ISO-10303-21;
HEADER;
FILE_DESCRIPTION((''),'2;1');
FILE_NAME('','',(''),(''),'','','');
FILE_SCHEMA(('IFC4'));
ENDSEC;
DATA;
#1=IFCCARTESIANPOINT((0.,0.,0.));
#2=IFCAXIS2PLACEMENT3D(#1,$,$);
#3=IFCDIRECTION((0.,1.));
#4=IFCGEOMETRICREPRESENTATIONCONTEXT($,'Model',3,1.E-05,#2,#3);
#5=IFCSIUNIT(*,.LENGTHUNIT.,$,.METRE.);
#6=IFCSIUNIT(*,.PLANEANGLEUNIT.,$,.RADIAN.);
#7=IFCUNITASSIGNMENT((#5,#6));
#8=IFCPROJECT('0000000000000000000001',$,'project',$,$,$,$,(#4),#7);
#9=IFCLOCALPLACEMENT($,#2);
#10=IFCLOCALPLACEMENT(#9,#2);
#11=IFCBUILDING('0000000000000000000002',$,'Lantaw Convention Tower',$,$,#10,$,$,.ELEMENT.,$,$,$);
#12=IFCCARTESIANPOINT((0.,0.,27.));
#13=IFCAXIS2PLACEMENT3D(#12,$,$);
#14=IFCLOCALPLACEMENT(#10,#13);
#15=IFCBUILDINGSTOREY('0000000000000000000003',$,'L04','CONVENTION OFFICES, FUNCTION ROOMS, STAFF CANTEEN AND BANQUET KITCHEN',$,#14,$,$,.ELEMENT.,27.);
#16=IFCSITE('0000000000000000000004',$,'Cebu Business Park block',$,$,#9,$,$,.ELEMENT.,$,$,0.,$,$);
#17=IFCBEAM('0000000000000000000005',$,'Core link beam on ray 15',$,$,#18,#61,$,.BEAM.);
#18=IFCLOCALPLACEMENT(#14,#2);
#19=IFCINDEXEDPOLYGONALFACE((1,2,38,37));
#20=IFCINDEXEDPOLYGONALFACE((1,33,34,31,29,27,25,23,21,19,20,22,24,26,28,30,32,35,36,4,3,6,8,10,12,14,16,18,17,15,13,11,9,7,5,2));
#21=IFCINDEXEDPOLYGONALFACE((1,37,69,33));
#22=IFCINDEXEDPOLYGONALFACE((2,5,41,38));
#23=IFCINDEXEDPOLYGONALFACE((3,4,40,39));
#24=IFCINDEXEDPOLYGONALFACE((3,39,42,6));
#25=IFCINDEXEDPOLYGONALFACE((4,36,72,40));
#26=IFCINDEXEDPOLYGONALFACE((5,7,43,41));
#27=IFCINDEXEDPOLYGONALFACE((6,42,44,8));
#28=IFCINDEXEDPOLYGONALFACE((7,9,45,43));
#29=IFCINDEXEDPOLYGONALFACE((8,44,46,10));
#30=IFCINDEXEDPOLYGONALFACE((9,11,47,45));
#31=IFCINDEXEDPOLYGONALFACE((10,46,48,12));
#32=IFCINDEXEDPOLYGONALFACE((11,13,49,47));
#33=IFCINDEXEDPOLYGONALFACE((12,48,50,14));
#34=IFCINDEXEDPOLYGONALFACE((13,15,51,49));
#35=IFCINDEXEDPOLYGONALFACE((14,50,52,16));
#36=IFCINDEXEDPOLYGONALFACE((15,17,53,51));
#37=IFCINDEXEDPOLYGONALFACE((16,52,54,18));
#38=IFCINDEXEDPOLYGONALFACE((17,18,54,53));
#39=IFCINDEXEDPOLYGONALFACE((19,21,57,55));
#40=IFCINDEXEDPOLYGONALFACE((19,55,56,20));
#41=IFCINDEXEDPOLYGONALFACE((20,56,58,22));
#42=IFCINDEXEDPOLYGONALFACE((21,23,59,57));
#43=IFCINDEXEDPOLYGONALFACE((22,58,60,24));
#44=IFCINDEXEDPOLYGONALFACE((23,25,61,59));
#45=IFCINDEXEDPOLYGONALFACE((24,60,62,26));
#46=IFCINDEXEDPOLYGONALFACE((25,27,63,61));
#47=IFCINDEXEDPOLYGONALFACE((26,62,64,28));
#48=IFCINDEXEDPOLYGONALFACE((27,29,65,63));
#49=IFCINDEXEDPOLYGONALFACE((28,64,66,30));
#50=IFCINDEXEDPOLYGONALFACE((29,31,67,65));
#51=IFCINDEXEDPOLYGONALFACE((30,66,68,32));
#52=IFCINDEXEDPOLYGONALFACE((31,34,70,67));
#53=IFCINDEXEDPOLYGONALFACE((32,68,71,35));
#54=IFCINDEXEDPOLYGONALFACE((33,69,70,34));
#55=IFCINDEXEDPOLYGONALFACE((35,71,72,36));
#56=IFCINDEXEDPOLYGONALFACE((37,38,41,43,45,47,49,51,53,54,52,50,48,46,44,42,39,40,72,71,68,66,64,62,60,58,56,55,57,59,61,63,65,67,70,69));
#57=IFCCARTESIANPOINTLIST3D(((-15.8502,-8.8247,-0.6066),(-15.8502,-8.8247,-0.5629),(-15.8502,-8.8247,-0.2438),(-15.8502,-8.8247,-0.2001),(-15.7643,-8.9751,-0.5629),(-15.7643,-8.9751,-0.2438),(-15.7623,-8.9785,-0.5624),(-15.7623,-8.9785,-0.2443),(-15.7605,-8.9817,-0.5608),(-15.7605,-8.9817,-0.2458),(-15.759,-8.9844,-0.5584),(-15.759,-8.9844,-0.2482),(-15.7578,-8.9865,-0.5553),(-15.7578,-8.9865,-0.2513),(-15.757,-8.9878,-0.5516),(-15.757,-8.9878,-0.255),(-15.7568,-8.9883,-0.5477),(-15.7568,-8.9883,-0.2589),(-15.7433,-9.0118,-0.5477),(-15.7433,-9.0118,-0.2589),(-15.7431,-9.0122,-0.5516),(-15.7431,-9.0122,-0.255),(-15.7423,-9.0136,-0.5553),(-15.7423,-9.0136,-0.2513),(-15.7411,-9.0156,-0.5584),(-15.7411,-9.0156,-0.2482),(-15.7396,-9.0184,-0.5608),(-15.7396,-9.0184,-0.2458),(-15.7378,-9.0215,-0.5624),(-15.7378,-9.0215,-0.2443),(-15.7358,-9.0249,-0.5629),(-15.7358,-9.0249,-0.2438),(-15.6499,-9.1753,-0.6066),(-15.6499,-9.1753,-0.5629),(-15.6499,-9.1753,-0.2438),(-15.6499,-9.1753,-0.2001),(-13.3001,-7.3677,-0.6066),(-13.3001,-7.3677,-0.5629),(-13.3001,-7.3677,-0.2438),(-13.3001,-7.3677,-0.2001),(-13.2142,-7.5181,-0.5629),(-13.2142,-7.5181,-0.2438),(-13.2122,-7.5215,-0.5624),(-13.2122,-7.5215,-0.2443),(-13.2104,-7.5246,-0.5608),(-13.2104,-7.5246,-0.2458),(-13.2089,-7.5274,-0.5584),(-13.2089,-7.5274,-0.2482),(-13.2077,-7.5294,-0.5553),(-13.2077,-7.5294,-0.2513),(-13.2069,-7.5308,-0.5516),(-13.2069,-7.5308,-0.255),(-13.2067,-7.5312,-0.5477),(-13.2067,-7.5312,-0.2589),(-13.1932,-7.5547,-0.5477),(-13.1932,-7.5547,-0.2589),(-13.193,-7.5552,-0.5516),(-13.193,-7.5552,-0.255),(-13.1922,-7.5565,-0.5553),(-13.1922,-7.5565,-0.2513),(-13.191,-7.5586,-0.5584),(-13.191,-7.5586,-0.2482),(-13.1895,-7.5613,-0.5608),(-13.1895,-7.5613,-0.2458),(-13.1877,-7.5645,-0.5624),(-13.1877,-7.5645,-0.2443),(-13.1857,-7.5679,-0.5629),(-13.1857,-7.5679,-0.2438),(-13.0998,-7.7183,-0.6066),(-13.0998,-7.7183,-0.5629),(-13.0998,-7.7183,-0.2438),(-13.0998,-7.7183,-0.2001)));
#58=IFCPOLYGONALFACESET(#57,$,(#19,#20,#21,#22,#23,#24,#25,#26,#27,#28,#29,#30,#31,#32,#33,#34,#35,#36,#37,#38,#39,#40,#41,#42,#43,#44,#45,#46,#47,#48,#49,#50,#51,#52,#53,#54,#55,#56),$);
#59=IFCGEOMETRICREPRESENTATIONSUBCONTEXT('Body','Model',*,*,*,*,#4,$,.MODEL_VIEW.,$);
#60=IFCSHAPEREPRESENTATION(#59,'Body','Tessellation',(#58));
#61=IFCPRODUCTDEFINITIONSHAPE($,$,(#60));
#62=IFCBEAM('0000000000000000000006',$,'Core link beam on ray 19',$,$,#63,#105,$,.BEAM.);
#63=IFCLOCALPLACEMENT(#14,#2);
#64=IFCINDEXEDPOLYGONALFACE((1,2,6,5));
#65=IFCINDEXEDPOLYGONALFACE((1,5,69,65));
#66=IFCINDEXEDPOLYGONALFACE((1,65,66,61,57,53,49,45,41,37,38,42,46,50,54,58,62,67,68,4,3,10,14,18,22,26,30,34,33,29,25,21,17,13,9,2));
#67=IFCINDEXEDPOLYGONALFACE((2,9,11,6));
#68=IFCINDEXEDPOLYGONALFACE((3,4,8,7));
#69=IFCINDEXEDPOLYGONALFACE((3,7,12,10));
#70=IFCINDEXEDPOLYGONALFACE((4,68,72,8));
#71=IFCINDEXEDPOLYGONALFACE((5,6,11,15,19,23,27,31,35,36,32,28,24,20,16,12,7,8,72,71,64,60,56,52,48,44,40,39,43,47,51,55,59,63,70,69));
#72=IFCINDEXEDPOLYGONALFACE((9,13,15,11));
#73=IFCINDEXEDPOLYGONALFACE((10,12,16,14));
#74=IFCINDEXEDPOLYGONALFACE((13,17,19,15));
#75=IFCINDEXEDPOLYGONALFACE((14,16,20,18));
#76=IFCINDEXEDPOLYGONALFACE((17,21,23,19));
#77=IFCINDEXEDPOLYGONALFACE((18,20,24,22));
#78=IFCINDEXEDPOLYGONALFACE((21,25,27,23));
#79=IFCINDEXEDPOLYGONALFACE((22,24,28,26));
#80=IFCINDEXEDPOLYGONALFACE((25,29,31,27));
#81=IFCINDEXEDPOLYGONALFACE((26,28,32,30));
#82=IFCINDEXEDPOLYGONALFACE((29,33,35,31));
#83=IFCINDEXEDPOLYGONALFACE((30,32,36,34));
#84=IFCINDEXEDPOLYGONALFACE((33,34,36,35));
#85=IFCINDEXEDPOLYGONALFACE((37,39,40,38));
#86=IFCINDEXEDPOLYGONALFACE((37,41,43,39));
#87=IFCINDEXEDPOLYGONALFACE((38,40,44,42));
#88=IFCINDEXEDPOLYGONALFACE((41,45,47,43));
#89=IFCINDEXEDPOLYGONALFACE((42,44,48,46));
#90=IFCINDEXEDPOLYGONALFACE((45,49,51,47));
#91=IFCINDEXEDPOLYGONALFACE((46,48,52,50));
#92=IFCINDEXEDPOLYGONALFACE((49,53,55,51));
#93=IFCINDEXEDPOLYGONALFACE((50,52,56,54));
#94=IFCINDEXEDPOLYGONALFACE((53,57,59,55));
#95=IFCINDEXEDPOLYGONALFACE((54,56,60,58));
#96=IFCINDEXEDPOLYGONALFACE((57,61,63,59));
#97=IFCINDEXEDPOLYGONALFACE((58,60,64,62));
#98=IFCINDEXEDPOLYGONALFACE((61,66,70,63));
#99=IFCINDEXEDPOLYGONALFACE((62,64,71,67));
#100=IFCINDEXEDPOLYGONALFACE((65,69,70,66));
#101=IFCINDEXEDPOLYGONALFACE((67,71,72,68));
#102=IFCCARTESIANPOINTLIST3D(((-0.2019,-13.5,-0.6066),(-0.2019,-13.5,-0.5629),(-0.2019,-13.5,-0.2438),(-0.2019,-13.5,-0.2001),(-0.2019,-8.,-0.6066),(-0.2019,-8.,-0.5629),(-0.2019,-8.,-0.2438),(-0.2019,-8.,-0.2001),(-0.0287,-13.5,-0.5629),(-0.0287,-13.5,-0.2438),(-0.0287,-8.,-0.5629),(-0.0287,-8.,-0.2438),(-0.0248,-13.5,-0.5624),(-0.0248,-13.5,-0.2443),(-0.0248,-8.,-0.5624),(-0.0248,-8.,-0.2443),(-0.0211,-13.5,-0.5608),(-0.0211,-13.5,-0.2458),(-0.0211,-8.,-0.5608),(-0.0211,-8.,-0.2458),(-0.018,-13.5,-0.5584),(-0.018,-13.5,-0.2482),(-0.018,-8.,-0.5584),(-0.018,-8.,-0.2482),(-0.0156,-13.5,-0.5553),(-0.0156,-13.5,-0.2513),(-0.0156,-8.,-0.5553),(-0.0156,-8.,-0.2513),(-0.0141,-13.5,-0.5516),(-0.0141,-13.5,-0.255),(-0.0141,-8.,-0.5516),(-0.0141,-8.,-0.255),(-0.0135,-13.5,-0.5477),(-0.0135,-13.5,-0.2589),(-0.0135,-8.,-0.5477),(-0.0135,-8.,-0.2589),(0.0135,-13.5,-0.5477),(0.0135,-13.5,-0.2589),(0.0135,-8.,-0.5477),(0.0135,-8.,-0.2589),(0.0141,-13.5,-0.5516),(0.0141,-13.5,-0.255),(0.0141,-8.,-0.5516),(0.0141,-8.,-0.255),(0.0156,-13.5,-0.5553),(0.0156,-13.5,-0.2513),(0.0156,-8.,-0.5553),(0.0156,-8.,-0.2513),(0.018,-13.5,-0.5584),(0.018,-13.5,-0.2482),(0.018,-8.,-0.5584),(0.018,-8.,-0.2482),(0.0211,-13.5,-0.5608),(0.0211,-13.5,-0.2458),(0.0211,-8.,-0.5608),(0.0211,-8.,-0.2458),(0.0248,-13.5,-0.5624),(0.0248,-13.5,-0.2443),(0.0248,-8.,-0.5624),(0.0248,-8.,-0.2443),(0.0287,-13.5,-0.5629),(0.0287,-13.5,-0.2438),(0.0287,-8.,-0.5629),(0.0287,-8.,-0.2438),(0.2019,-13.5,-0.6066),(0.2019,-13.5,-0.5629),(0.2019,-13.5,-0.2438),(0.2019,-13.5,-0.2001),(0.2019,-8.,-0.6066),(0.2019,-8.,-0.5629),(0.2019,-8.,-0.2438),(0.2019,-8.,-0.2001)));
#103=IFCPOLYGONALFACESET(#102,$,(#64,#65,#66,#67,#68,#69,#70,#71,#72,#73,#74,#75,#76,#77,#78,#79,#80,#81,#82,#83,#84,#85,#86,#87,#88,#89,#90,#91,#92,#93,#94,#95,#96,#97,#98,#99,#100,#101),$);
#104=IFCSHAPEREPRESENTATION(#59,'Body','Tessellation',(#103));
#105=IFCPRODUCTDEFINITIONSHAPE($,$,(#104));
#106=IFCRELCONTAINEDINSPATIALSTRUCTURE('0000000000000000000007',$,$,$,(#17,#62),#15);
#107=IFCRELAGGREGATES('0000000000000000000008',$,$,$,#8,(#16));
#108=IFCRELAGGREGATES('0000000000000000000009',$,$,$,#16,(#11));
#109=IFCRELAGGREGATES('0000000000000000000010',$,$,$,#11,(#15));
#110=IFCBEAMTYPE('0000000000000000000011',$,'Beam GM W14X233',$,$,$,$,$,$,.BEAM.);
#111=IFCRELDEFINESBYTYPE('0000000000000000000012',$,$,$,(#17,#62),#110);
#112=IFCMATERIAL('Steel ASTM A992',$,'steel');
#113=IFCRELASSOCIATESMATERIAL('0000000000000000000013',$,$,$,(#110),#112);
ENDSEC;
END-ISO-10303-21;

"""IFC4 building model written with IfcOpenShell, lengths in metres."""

from ifc_helpers import new_model, si_unit, direction, frame, origin, origin_2d, place, context, subcontext, project, spatial, i_section, extrude, material, material_profile, profile_set, type_object, element, save


model = new_model("IFC4")

# Units and contexts
model_context = context("Model", 3, precision=1e-05, world=origin(), true_north=direction((0.0, 1.0)))
body_context = subcontext(model_context, "Body", "Model", "MODEL_VIEW")
ifc_project = project(units=[si_unit("LENGTHUNIT", "METRE"), si_unit("PLANEANGLEUNIT", "RADIAN")], contexts=[model_context])

# Site, building, storey
site_placement = place(None, origin())
site = spatial("IfcSite", under=ifc_project, at=site_placement, Name="Cebu Business Park block", CompositionType="ELEMENT", RefElevation=0.0)
building_placement = place(site_placement, origin())
building = spatial("IfcBuilding", under=site, at=building_placement, Name="Lantaw Convention Tower", CompositionType="ELEMENT")
storey_placement = place(building_placement, frame((0.0, 0.0, 27.0)))
storey = spatial("IfcBuildingStorey", under=building, at=storey_placement, Name="L04", Description="CONVENTION OFFICES, FUNCTION ROOMS, STAFF CANTEEN AND BANQUET KITCHEN", CompositionType="ELEMENT", Elevation=27.0)

# Beams
ifc_material_1 = material(Name="Steel ASTM A992", Category="steel")
ifc_material_profile_1 = material_profile(ifc_material_1, i_section(OverallWidth=0.4038, OverallDepth=0.4065, WebThickness=0.0271, FlangeThickness=0.0437, FilletRadius=0.0151, at=origin_2d()), Name="W14X233")
ifc_profile_set_1 = profile_set([ifc_material_profile_1], Name="Steel ASTM A992")
beam_type_1 = type_object("IfcBeamType", Name="Beam GM W14X233", PredefinedType="BEAM", material=ifc_profile_set_1)
beam_1_placement = place(storey_placement, frame((-13.2, -7.543, -0.4033), z_axis=(-0.868264, -0.496103, 0.0), x_axis=(0.496103, -0.868264, 0.0)))
element("IfcBeam", 1, at=beam_1_placement, inside=storey, type_object=beam_type_1, Name="Core link beam on ray 15", PredefinedType="BEAM", context=body_context, shape_type="SweptSolid", body=[
    extrude(i_section(OverallWidth=0.4038, OverallDepth=0.4065, WebThickness=0.0271, FlangeThickness=0.0437, FilletRadius=0.0151, at=origin_2d()), origin(), (0.0, 0.0, 1.0), 2.937),
])
beam_2_placement = place(storey_placement, frame((0.0, -8.0, -0.4033), z_axis=(0.0, -1.0, 0.0), x_axis=(1.0, 0.0, 0.0)))
element("IfcBeam", 2, at=beam_2_placement, inside=storey, type_object=beam_type_1, Name="Core link beam on ray 19", PredefinedType="BEAM", context=body_context, shape_type="SweptSolid", body=[
    extrude(i_section(OverallWidth=0.4038, OverallDepth=0.4065, WebThickness=0.0271, FlangeThickness=0.0437, FilletRadius=0.0151, at=origin_2d()), origin(), (0.0, 0.0, 1.0), 5.5),
])

save(model, "model.ifc")
